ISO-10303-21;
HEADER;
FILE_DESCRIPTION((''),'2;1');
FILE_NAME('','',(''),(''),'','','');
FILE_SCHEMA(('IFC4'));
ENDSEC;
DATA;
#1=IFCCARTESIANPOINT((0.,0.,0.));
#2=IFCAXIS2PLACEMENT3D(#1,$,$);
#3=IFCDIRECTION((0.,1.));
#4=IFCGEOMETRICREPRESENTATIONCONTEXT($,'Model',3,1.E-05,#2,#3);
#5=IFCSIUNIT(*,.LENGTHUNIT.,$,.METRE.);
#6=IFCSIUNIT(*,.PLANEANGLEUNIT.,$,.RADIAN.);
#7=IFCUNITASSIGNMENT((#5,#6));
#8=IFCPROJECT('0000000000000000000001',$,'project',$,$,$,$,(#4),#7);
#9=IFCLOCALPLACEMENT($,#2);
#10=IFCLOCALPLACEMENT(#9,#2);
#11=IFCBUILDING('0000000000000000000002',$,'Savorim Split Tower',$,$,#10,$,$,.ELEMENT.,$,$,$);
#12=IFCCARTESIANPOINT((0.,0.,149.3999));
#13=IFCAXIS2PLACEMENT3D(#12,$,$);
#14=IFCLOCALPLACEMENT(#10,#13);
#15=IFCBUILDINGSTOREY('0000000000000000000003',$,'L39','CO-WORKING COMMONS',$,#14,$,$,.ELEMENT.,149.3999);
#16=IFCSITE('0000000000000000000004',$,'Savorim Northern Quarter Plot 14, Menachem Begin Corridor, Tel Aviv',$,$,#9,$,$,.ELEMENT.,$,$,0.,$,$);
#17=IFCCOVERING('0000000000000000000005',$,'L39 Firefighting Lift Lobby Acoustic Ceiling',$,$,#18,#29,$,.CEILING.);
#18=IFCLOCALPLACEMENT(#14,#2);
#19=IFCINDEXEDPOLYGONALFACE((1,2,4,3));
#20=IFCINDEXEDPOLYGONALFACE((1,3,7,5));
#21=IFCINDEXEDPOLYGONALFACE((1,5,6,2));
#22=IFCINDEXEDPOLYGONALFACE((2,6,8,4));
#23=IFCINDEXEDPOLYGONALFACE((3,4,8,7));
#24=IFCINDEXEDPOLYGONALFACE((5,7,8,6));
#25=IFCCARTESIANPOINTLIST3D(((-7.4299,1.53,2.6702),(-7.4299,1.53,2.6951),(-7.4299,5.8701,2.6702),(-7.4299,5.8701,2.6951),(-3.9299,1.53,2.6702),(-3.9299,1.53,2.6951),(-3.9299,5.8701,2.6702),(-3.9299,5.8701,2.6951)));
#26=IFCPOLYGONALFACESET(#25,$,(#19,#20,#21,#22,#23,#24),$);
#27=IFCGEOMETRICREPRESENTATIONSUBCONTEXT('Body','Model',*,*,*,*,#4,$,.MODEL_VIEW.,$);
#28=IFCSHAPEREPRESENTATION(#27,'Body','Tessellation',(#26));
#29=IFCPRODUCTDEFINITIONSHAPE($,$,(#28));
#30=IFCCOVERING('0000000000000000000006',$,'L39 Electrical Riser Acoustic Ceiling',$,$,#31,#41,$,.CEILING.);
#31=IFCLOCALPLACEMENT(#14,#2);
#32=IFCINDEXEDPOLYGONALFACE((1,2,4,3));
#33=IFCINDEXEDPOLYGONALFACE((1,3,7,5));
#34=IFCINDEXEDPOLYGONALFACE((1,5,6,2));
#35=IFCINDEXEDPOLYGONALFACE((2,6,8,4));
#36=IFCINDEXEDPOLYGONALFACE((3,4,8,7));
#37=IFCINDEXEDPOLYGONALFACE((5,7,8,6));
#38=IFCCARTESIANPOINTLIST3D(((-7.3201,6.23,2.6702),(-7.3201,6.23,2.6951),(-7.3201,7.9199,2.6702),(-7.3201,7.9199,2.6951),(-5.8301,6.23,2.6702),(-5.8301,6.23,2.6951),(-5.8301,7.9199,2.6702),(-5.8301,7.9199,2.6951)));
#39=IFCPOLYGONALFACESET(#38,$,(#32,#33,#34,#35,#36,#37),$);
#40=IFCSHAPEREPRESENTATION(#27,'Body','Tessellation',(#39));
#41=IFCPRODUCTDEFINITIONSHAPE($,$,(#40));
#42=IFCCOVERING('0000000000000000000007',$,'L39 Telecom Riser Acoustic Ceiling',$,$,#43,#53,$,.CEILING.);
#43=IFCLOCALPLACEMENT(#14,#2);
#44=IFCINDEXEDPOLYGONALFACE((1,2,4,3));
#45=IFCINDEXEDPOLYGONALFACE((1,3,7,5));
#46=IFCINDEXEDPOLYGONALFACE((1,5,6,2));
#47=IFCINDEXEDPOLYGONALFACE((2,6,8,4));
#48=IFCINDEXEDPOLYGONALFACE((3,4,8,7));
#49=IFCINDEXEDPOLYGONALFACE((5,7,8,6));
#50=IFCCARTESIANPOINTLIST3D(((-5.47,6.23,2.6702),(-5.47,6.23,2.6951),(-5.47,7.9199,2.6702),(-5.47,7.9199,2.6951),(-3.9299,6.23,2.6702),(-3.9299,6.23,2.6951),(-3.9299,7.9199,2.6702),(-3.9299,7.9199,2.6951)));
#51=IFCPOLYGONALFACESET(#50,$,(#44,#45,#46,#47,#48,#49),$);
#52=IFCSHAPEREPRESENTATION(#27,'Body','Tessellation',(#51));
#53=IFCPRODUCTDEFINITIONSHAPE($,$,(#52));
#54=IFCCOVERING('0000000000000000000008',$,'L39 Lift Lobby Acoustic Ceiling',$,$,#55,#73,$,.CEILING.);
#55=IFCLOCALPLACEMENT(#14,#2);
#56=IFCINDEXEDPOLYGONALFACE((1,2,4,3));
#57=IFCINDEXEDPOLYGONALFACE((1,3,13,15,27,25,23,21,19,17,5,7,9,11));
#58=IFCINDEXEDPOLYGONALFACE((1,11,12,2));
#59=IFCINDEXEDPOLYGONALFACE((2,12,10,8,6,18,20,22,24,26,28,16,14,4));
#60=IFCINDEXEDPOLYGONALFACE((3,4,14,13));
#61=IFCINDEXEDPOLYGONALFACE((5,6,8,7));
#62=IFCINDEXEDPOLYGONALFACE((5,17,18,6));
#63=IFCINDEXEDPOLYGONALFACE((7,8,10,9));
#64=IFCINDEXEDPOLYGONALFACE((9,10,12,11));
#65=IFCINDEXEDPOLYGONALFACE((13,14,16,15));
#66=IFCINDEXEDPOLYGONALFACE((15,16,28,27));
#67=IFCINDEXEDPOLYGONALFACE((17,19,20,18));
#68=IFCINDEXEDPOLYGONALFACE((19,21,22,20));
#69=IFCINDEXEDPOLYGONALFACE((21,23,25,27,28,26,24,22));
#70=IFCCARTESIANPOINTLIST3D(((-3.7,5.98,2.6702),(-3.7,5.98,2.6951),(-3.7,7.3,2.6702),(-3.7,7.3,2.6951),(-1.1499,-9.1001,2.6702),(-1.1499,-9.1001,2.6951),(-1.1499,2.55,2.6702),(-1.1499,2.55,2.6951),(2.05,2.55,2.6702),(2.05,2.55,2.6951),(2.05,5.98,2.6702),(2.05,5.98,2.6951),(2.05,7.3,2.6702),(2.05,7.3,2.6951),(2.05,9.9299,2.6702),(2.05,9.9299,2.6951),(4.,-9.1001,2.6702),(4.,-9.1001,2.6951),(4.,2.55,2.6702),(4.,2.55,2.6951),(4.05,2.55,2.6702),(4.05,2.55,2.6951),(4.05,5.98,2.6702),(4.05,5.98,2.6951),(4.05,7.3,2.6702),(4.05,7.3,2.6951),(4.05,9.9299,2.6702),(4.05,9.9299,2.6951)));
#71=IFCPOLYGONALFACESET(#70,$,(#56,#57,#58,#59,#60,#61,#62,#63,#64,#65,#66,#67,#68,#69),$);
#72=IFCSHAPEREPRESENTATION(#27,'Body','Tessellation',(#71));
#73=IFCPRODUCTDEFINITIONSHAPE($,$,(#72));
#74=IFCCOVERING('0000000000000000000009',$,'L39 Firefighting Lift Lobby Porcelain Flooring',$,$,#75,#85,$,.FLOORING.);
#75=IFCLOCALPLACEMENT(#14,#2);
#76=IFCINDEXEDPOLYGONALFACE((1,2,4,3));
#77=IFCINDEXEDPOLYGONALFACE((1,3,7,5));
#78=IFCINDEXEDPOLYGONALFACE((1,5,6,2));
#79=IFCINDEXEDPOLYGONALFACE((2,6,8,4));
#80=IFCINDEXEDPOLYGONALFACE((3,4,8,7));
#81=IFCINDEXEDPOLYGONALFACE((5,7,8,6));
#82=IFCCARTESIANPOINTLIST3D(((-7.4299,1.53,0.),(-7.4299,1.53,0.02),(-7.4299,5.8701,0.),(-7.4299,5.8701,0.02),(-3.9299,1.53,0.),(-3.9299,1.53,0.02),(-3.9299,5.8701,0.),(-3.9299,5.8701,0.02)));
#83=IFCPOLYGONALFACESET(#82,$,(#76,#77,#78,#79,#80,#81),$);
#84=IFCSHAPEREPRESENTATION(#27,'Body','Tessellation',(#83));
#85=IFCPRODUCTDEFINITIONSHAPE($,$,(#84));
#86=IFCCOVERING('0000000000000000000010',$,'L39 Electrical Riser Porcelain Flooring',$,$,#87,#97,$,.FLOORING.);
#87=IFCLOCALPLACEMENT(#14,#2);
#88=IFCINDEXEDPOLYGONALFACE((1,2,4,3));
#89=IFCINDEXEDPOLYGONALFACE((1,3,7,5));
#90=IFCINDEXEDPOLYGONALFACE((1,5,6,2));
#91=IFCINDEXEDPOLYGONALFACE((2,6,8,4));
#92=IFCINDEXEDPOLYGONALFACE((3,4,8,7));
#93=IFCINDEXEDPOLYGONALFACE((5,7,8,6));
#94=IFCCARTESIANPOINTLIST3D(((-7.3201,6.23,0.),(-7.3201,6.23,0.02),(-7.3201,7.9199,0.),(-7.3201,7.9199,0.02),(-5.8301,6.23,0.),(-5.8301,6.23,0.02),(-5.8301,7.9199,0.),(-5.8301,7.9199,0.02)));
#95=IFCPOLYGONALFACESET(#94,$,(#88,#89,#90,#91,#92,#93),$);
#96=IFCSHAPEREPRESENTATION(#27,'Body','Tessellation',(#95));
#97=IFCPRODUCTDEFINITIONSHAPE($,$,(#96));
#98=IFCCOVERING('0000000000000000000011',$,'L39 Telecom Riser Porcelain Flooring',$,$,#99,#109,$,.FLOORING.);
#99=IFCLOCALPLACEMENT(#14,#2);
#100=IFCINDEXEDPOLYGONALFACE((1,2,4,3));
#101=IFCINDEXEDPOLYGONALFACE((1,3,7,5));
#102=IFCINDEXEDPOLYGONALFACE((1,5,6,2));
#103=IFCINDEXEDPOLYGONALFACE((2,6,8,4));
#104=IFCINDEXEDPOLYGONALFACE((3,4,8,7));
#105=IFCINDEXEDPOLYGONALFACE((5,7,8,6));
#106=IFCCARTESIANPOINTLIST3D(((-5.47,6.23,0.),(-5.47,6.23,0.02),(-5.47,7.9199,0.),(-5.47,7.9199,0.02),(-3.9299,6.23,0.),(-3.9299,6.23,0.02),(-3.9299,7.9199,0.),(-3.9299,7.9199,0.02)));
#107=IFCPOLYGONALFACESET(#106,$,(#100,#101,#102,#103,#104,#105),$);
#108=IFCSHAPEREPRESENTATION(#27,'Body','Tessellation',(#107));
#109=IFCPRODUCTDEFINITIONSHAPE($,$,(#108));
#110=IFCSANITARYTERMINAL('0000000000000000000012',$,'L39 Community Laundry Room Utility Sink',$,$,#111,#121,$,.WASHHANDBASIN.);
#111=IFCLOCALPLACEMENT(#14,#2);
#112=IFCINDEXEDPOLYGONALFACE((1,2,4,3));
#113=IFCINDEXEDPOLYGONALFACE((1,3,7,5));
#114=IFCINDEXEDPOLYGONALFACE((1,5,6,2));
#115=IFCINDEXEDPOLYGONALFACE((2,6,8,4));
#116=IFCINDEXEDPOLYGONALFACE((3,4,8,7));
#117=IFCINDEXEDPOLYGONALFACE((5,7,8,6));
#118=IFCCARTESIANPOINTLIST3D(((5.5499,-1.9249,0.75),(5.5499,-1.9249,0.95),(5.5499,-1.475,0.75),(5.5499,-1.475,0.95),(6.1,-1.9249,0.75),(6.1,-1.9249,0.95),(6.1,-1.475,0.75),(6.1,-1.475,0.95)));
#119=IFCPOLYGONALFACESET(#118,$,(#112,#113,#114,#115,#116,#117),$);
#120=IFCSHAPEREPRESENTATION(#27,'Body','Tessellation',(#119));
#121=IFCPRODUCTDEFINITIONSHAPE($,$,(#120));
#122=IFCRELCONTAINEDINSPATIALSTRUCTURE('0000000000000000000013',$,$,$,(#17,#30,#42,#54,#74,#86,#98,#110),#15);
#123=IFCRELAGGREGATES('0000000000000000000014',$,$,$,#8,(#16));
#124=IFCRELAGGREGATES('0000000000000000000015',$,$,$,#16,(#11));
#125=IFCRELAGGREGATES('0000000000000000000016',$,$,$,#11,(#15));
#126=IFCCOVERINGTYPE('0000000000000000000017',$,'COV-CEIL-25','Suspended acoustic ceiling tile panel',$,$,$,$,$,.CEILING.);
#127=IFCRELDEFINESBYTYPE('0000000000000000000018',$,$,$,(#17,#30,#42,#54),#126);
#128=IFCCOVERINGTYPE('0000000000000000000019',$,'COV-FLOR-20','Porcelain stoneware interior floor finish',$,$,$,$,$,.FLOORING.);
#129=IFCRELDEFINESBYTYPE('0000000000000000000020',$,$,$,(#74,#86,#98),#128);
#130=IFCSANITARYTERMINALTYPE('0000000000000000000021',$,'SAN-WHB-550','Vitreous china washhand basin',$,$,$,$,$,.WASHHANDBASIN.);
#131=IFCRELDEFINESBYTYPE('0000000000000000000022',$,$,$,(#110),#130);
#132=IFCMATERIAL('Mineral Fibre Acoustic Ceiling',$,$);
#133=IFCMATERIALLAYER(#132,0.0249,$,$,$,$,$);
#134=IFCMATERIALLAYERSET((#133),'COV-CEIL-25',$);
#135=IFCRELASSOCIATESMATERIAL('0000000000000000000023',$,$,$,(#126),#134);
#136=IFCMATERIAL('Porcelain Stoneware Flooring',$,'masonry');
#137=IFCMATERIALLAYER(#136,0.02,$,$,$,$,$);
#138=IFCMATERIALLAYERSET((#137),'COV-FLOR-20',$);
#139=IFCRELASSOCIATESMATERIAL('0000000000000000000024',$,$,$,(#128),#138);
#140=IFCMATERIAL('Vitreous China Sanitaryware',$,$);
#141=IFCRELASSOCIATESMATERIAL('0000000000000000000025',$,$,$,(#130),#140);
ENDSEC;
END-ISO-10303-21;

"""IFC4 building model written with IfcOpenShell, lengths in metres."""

from ifc_helpers import new_model, si_unit, direction, frame, origin, origin_2d, place, context, subcontext, project, spatial, polyline, rectangle, outline, extrude, material, layer, layer_set, type_object, element, save


model = new_model("IFC4")

# Units and contexts
model_context = context("Model", 3, precision=1e-05, world=origin(), true_north=direction((0.0, 1.0)))
body_context = subcontext(model_context, "Body", "Model", "MODEL_VIEW")
ifc_project = project(units=[si_unit("LENGTHUNIT", "METRE"), si_unit("PLANEANGLEUNIT", "RADIAN")], contexts=[model_context])

# Site, building, storey
site_placement = place(None, origin())
site = spatial("IfcSite", under=ifc_project, at=site_placement, Name="Savorim Northern Quarter Plot 14, Menachem Begin Corridor, Tel Aviv", CompositionType="ELEMENT", RefElevation=0.0)
building_placement = place(site_placement, origin())
building = spatial("IfcBuilding", under=site, at=building_placement, Name="Savorim Split Tower", CompositionType="ELEMENT")
storey_placement = place(building_placement, frame((0.0, 0.0, 149.3999)))
storey = spatial("IfcBuildingStorey", under=building, at=storey_placement, Name="L39", Description="CO-WORKING COMMONS", CompositionType="ELEMENT", Elevation=149.3999)

# Coverings
ifc_material_1 = material(Name="Mineral Fibre Acoustic Ceiling")
ifc_layer_1 = layer(ifc_material_1, 0.0249)
ifc_layer_set_1 = layer_set([ifc_layer_1], Name="COV-CEIL-25")
covering_type_1 = type_object("IfcCoveringType", Name="COV-CEIL-25", Description="Suspended acoustic ceiling tile panel", PredefinedType="CEILING", material=ifc_layer_set_1)
covering_1_placement = place(storey_placement, frame((0.0, 0.0, 2.6702)))
element("IfcCovering", 1, at=covering_1_placement, inside=storey, type_object=covering_type_1, Name="L39 Firefighting Lift Lobby Acoustic Ceiling", PredefinedType="CEILING", context=body_context, shape_type="SweptSolid", body=[
    extrude(outline(polyline([(-7.4299, 5.8701), (-7.4299, 1.53), (-3.9299, 1.53), (-3.9299, 5.8701), (-7.4299, 5.8701)])), origin(), (0.0, 0.0, 1.0), 0.0249),
])
covering_2_placement = place(storey_placement, frame((0.0, 0.0, 2.6702)))
element("IfcCovering", 2, at=covering_2_placement, inside=storey, type_object=covering_type_1, Name="L39 Electrical Riser Acoustic Ceiling", PredefinedType="CEILING", context=body_context, shape_type="SweptSolid", body=[
    extrude(outline(polyline([(-7.3201, 7.9199), (-7.3201, 6.23), (-5.8301, 6.23), (-5.8301, 7.9199), (-7.3201, 7.9199)])), origin(), (0.0, 0.0, 1.0), 0.0249),
])
covering_3_placement = place(storey_placement, frame((0.0, 0.0, 2.6702)))
element("IfcCovering", 3, at=covering_3_placement, inside=storey, type_object=covering_type_1, Name="L39 Telecom Riser Acoustic Ceiling", PredefinedType="CEILING", context=body_context, shape_type="SweptSolid", body=[
    extrude(outline(polyline([(-5.47, 7.9199), (-5.47, 6.23), (-3.9299, 6.23), (-3.9299, 7.9199), (-5.47, 7.9199)])), origin(), (0.0, 0.0, 1.0), 0.0249),
])
covering_4_placement = place(storey_placement, frame((0.0, 0.0, 2.6702)))
element("IfcCovering", 4, at=covering_4_placement, inside=storey, type_object=covering_type_1, Name="L39 Lift Lobby Acoustic Ceiling", PredefinedType="CEILING", context=body_context, shape_type="SweptSolid", body=[
    extrude(outline(polyline([(2.05, 2.55), (-1.1499, 2.55), (-1.1499, -9.1001), (4.0, -9.1001), (4.0, 2.55), (4.05, 2.55), (4.05, 5.98), (4.05, 7.3), (4.05, 9.9299), (2.05, 9.9299), (2.05, 7.3), (-3.7, 7.3), (-3.7, 5.98), (2.05, 5.98), (2.05, 2.55)])), origin(), (0.0, 0.0, 1.0), 0.0249),
])
ifc_material_2 = material(Name="Porcelain Stoneware Flooring", Category="masonry")
ifc_layer_2 = layer(ifc_material_2, 0.02)
ifc_layer_set_2 = layer_set([ifc_layer_2], Name="COV-FLOR-20")
covering_type_2 = type_object("IfcCoveringType", Name="COV-FLOR-20", Description="Porcelain stoneware interior floor finish", PredefinedType="FLOORING", material=ifc_layer_set_2)
covering_5_placement = place(storey_placement, origin())
element("IfcCovering", 5, at=covering_5_placement, inside=storey, type_object=covering_type_2, Name="L39 Firefighting Lift Lobby Porcelain Flooring", PredefinedType="FLOORING", context=body_context, shape_type="SweptSolid", body=[
    extrude(outline(polyline([(-7.4299, 5.8701), (-7.4299, 1.53), (-3.9299, 1.53), (-3.9299, 5.8701), (-7.4299, 5.8701)])), origin(), (0.0, 0.0, 1.0), 0.02),
])
covering_6_placement = place(storey_placement, origin())
element("IfcCovering", 6, at=covering_6_placement, inside=storey, type_object=covering_type_2, Name="L39 Electrical Riser Porcelain Flooring", PredefinedType="FLOORING", context=body_context, shape_type="SweptSolid", body=[
    extrude(outline(polyline([(-7.3201, 7.9199), (-7.3201, 6.23), (-5.8301, 6.23), (-5.8301, 7.9199), (-7.3201, 7.9199)])), origin(), (0.0, 0.0, 1.0), 0.02),
])
covering_7_placement = place(storey_placement, origin())
element("IfcCovering", 7, at=covering_7_placement, inside=storey, type_object=covering_type_2, Name="L39 Telecom Riser Porcelain Flooring", PredefinedType="FLOORING", context=body_context, shape_type="SweptSolid", body=[
    extrude(outline(polyline([(-5.47, 7.9199), (-5.47, 6.23), (-3.9299, 6.23), (-3.9299, 7.9199), (-5.47, 7.9199)])), origin(), (0.0, 0.0, 1.0), 0.02),
])

# Sanitary terminal
ifc_material_3 = material(Name="Vitreous China Sanitaryware")
sanitary_terminal_type = type_object("IfcSanitaryTerminalType", Name="SAN-WHB-550", Description="Vitreous china washhand basin", PredefinedType="WASHHANDBASIN", material=ifc_material_3)
sanitary_terminal_placement = place(storey_placement, frame((5.825, -1.7, 0.75), z_axis=(0.0, 0.0, 1.0), x_axis=(1.0, 0.0, 0.0)))
element("IfcSanitaryTerminal", 8, at=sanitary_terminal_placement, inside=storey, type_object=sanitary_terminal_type, Name="L39 Community Laundry Room Utility Sink", PredefinedType="WASHHANDBASIN", context=body_context, shape_type="SweptSolid", body=[
    extrude(rectangle(XDim=0.55, YDim=0.45, at=origin_2d()), origin(), (0.0, 0.0, 1.0), 0.2),
])

save(model, "model.ifc")
